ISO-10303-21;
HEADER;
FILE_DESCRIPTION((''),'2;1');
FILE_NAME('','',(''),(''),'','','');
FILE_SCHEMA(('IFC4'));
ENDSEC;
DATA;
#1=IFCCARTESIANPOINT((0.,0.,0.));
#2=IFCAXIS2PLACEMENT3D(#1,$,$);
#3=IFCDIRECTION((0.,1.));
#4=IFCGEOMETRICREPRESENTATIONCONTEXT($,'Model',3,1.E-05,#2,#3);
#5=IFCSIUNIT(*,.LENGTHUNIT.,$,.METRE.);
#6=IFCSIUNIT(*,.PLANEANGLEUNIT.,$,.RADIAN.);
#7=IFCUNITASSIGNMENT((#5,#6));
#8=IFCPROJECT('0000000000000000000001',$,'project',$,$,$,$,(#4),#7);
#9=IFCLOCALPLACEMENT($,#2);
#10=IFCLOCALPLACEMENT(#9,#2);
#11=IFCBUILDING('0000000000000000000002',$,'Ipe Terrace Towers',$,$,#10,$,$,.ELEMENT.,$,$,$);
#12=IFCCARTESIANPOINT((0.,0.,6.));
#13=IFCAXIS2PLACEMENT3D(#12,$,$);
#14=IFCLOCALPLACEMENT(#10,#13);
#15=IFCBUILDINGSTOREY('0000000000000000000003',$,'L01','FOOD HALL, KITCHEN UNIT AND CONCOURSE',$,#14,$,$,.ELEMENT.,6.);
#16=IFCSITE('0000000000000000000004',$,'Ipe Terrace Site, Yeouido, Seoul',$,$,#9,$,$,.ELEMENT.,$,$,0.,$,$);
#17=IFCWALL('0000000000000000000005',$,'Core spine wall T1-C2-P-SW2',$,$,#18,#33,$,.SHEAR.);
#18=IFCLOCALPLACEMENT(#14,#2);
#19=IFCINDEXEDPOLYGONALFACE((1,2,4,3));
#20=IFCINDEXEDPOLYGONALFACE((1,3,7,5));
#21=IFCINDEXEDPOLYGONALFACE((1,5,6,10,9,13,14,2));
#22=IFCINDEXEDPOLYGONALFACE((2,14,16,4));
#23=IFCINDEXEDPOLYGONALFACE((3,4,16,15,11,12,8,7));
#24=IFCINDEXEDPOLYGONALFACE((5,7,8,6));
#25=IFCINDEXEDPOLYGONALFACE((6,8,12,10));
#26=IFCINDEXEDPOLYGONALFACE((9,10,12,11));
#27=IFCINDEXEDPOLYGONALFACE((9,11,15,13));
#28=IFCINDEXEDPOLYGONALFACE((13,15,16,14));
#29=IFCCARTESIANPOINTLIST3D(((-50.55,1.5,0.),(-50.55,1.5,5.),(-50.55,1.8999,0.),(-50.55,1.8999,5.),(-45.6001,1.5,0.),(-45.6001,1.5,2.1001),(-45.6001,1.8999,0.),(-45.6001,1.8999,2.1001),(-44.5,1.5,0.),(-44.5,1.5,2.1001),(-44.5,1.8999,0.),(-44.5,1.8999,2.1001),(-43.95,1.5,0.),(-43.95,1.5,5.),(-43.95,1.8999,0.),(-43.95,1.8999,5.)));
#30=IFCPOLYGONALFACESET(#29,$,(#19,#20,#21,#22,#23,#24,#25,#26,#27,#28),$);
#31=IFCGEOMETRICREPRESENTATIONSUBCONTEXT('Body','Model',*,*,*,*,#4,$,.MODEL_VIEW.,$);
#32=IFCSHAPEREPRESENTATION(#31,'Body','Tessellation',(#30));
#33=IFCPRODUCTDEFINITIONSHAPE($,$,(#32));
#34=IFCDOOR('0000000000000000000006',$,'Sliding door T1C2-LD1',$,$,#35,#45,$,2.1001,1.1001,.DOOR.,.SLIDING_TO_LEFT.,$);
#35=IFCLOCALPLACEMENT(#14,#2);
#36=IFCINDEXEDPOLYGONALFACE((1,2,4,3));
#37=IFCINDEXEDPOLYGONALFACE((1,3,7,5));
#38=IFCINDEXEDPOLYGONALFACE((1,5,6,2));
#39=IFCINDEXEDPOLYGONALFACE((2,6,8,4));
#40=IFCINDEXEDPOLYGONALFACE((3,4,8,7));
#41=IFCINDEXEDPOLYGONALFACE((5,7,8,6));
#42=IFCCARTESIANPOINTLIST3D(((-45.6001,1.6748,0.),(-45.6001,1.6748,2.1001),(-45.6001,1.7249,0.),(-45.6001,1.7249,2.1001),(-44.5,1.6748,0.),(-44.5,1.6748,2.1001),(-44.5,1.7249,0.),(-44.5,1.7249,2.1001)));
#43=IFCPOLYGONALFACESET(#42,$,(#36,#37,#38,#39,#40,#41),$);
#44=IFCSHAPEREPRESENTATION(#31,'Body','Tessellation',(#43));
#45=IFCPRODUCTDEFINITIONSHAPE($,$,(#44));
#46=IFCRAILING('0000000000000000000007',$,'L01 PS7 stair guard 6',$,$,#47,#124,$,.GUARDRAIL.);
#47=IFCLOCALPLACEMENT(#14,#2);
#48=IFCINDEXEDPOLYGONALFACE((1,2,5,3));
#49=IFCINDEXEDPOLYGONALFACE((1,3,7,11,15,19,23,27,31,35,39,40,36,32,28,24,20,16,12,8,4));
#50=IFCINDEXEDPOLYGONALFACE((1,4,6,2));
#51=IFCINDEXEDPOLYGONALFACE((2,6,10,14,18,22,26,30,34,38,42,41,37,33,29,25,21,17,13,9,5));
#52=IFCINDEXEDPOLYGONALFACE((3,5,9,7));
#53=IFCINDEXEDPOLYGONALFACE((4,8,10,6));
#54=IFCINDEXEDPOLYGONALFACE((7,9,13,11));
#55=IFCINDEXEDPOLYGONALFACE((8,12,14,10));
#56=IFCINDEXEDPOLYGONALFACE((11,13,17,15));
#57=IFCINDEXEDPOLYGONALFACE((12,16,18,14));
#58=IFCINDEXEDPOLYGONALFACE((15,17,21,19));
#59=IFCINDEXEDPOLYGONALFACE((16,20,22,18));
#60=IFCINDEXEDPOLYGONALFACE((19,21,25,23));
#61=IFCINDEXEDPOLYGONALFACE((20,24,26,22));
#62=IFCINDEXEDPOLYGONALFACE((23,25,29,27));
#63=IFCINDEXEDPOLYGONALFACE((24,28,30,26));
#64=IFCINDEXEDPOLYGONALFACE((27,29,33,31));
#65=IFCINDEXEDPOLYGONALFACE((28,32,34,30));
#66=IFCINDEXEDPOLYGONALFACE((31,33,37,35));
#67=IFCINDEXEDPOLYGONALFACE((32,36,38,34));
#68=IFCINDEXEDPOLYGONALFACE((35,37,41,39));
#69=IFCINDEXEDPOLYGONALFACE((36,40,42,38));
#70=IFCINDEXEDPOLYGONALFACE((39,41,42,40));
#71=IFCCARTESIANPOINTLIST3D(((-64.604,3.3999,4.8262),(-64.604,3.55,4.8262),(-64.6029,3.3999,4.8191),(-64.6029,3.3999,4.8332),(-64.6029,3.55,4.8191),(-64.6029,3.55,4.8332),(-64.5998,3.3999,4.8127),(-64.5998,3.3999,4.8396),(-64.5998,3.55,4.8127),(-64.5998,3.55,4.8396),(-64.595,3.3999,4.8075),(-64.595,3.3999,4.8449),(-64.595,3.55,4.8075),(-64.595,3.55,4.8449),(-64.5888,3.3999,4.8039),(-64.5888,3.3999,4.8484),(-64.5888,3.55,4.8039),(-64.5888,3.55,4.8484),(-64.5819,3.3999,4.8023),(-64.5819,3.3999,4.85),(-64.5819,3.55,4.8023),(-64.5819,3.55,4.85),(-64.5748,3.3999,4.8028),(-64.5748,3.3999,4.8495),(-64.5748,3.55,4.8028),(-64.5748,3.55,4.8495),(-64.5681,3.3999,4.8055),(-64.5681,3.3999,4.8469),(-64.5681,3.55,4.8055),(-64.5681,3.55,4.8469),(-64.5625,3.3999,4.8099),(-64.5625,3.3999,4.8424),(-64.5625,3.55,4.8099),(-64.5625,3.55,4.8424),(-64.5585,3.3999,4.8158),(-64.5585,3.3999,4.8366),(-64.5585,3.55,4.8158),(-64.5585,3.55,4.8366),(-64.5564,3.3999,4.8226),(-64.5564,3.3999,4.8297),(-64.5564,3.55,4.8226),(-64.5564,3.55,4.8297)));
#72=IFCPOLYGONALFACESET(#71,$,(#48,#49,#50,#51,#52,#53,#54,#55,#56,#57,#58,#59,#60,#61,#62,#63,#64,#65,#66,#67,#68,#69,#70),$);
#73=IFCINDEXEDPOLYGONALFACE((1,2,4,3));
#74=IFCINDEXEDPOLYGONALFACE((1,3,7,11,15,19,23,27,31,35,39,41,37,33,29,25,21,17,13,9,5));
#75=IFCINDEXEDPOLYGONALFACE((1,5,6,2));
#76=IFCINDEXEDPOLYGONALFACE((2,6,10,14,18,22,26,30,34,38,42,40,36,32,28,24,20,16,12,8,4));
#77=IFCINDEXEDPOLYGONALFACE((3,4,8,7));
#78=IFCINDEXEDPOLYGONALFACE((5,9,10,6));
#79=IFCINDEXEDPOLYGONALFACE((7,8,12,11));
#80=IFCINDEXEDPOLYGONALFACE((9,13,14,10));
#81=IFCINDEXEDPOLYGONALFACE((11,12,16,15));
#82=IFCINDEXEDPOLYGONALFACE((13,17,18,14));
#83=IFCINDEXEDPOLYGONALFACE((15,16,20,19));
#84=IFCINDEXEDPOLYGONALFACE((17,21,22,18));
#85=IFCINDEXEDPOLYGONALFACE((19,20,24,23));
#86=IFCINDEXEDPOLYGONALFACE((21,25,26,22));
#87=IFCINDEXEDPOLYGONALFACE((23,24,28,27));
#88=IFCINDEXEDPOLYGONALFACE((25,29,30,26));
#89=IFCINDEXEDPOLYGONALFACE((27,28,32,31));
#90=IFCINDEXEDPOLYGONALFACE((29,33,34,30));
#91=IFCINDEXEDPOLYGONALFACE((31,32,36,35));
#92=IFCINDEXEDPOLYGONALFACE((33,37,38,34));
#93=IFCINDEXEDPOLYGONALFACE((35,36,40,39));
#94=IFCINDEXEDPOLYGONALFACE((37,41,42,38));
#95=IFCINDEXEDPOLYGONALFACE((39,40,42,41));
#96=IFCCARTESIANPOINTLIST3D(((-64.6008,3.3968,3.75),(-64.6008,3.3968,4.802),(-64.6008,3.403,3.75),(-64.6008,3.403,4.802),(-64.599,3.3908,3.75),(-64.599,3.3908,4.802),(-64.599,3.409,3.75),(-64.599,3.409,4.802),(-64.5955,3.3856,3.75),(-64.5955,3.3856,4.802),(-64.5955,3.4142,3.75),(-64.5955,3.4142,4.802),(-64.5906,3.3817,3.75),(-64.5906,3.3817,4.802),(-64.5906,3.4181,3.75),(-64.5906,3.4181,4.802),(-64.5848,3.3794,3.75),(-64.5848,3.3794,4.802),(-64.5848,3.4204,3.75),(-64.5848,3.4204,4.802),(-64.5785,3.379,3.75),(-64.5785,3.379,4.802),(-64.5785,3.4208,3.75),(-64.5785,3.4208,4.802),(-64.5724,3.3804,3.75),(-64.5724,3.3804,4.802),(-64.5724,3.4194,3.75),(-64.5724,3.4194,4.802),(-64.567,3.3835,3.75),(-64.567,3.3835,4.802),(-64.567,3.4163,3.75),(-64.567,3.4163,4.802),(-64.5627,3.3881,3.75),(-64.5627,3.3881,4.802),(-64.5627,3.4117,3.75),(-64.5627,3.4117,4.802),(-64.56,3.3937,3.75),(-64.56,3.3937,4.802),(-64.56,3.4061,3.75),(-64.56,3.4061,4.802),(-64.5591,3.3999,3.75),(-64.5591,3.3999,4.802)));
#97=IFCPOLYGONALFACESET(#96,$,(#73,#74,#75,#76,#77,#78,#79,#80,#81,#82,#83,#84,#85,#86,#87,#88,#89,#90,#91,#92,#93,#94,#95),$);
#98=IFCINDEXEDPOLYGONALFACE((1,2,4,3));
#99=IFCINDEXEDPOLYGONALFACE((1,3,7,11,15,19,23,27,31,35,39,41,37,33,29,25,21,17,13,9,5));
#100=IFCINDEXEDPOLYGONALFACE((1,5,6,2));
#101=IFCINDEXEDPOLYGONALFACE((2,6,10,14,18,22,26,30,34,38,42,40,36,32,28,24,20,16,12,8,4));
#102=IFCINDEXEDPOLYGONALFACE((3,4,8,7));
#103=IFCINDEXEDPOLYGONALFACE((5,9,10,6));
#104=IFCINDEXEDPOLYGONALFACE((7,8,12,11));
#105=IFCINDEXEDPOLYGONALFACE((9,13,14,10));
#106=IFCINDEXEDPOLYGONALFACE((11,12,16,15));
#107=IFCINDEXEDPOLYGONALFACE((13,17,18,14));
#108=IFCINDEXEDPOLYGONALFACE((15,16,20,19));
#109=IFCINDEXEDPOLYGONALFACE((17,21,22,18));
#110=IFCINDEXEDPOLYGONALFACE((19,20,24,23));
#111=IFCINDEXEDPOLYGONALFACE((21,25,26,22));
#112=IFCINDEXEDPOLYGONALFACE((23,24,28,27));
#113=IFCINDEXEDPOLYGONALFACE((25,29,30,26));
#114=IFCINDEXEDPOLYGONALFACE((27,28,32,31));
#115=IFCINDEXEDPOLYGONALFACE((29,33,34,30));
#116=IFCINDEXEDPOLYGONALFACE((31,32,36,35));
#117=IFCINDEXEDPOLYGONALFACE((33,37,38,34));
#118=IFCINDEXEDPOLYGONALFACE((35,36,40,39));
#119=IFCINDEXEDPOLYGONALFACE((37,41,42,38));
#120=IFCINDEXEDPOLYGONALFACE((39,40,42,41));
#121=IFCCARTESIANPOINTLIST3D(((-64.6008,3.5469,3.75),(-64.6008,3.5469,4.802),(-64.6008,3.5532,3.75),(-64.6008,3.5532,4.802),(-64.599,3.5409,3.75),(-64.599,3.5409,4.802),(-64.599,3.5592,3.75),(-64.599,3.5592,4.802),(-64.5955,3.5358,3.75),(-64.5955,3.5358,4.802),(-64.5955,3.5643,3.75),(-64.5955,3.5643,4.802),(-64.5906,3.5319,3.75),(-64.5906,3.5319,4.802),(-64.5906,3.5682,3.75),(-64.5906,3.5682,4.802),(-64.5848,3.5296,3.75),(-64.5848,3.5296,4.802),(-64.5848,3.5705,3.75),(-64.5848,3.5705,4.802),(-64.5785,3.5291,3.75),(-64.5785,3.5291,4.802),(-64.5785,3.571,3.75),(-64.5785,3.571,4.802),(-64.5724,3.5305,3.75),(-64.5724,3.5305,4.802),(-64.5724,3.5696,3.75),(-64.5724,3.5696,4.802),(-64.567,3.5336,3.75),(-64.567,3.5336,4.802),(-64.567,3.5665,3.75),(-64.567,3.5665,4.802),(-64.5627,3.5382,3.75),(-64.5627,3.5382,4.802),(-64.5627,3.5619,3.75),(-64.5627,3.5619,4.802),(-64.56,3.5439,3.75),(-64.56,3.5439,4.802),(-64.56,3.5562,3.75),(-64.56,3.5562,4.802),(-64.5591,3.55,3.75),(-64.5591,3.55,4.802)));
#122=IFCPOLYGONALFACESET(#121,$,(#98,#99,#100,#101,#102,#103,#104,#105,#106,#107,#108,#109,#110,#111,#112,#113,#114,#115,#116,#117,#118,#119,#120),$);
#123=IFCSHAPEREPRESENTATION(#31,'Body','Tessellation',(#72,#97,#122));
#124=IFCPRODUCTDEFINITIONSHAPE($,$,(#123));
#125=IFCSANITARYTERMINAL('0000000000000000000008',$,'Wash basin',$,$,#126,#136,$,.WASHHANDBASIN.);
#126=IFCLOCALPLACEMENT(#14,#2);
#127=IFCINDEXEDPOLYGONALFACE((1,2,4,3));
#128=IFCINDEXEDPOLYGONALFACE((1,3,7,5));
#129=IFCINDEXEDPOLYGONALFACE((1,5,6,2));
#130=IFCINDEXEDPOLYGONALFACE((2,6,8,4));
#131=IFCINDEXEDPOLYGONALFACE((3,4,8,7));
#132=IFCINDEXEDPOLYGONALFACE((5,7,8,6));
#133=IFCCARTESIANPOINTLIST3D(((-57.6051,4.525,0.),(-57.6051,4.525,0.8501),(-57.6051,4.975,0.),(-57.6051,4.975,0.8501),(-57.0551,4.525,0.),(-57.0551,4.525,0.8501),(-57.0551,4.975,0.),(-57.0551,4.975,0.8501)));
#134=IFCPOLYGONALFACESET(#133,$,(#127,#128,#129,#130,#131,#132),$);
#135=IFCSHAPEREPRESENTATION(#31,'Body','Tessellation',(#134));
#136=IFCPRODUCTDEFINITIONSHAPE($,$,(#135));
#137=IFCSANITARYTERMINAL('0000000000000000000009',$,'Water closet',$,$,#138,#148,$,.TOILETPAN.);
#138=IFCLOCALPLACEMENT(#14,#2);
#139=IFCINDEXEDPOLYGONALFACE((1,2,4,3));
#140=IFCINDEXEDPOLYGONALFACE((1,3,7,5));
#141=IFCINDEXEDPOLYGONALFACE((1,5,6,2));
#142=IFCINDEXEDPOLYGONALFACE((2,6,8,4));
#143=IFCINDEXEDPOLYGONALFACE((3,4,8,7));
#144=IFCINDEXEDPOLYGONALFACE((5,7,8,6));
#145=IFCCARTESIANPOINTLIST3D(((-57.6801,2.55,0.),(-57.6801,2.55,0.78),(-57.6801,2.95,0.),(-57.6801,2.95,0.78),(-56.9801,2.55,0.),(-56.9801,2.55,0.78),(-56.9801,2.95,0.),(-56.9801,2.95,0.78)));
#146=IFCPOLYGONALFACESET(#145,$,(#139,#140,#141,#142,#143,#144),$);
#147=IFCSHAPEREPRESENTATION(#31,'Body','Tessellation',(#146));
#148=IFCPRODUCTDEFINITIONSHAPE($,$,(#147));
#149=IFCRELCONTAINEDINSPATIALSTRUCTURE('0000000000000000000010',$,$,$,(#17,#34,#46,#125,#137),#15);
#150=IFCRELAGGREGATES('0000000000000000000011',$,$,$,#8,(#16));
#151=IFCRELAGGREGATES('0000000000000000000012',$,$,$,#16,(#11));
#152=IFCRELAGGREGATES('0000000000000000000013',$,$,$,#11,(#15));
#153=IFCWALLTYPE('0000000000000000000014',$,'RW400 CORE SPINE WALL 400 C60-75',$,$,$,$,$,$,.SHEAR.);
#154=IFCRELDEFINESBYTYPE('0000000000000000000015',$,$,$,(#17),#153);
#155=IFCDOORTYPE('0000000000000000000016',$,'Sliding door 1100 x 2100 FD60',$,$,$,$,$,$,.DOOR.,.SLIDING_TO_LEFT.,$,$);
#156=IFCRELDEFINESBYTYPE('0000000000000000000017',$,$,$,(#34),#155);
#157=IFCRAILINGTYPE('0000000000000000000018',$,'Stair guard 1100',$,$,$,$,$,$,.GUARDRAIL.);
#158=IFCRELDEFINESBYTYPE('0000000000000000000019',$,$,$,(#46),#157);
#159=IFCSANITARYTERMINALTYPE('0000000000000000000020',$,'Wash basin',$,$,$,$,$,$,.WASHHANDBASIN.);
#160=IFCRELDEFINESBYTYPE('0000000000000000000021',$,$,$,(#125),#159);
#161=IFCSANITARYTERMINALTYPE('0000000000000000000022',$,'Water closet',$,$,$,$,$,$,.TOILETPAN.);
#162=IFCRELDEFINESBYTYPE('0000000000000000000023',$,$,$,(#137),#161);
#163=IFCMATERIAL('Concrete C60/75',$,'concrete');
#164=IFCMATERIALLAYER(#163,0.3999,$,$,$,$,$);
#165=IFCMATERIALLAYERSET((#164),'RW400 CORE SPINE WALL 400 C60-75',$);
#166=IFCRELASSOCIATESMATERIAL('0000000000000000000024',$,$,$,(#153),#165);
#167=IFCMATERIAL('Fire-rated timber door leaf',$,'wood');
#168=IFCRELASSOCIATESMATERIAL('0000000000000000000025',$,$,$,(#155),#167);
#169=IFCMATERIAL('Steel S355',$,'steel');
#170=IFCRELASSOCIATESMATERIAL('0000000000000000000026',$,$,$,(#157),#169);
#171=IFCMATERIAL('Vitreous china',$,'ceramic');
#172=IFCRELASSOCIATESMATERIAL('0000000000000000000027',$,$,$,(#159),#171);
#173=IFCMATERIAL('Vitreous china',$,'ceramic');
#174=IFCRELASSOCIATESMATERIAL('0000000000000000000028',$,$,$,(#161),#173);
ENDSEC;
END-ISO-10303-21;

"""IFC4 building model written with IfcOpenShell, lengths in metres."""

from ifc_helpers import new_model, si_unit, direction, frame, frame_2d, origin, origin_2d, place, context, subcontext, project, spatial, rectangle, circle, extrude, material, layer, layer_set, type_object, element, fill, save


model = new_model("IFC4")

# Units and contexts
model_context = context("Model", 3, precision=1e-05, world=origin(), true_north=direction((0.0, 1.0)))
body_context = subcontext(model_context, "Body", "Model", "MODEL_VIEW")
ifc_project = project(units=[si_unit("LENGTHUNIT", "METRE"), si_unit("PLANEANGLEUNIT", "RADIAN")], contexts=[model_context])

# Site, building, storey
site_placement = place(None, origin())
site = spatial("IfcSite", under=ifc_project, at=site_placement, Name="Ipe Terrace Site, Yeouido, Seoul", CompositionType="ELEMENT", RefElevation=0.0)
building_placement = place(site_placement, origin())
building = spatial("IfcBuilding", under=site, at=building_placement, Name="Ipe Terrace Towers", CompositionType="ELEMENT")
storey_placement = place(building_placement, frame((0.0, 0.0, 6.0)))
storey = spatial("IfcBuildingStorey", under=building, at=storey_placement, Name="L01", Description="FOOD HALL, KITCHEN UNIT AND CONCOURSE", CompositionType="ELEMENT", Elevation=6.0)

# Wall, opening, door
ifc_material_1 = material(Name="Concrete C60/75", Category="concrete")
ifc_layer_1 = layer(ifc_material_1, 0.3999)
ifc_layer_set_1 = layer_set([ifc_layer_1], Name="RW400 CORE SPINE WALL 400 C60-75")
wall_type_1 = type_object("IfcWallType", Name="RW400 CORE SPINE WALL 400 C60-75", PredefinedType="SHEAR", material=ifc_layer_set_1)
wall_1_placement = place(storey_placement, frame((-50.55, 1.7, 0.0), z_axis=(0.0, 0.0, 1.0), x_axis=(1.0, 0.0, 0.0)))
wall_1 = element("IfcWall", 1, at=wall_1_placement, inside=storey, type_object=wall_type_1, Name="Core spine wall T1-C2-P-SW2", PredefinedType="SHEAR", context=body_context, shape_type="SweptSolid", body=[
    extrude(rectangle(XDim=6.6001, YDim=0.3999, at=frame_2d((3.3, 0.0))), origin(), (0.0, 0.0, 1.0), 5.0),
])
opening_1_placement = place(wall_1_placement, frame((4.95, 0.0, 0.0)))
opening_1 = element("IfcOpeningElement", 2, at=opening_1_placement, cuts=wall_1, PredefinedType="OPENING", context=body_context, shape_type="SweptSolid", body=[
    extrude(rectangle(XDim=1.1001, YDim=2.1001, at=frame_2d((0.55, 1.05))), frame((0.0, 0.21, 0.0), z_axis=(0.0, -1.0, 0.0), x_axis=(1.0, 0.0, 0.0)), (0.0, 0.0, 1.0), 0.4199),
])
ifc_material_2 = material(Name="Fire-rated timber door leaf", Category="wood")
door_type_1 = type_object("IfcDoorType", Name="Sliding door 1100 x 2100 FD60", OperationType="SLIDING_TO_LEFT", PredefinedType="DOOR", material=ifc_material_2)
door_1_placement = place(opening_1_placement, origin())
door_1 = element("IfcDoor", 3, at=door_1_placement, inside=storey, type_object=door_type_1, Name="Sliding door T1C2-LD1", OperationType="SLIDING_TO_LEFT", OverallHeight=2.1001, OverallWidth=1.1001, PredefinedType="DOOR", context=body_context, shape_type="SweptSolid", body=[
    extrude(rectangle(XDim=1.1001, YDim=2.1001, at=frame_2d((0.55, 1.05))), frame((0.0, 0.0249, 0.0), z_axis=(0.0, -1.0, 0.0), x_axis=(1.0, 0.0, 0.0)), (0.0, 0.0, 1.0), 0.05),
])
fill(opening_1, door_1)

# Railing
ifc_material_3 = material(Name="Steel S355", Category="steel")
railing_type = type_object("IfcRailingType", Name="Stair guard 1100", PredefinedType="GUARDRAIL", material=ifc_material_3)
railing_placement = place(storey_placement, frame((-64.5801, 3.3999, 3.75)))
element("IfcRailing", 4, at=railing_placement, inside=storey, type_object=railing_type, Name="L01 PS7 stair guard 6", PredefinedType="GUARDRAIL", context=body_context, shape_type="SweptSolid", body=[
    extrude(circle(Radius=0.0239, at=origin_2d()), frame((0.0, 0.0, 1.0762), z_axis=(0.0, 1.0, 0.0), x_axis=(-1.0, 0.0, 0.0)), (0.0, 0.0, 1.0), 0.1501),
    extrude(circle(Radius=0.021, at=origin_2d()), origin(), (0.0, 0.0, 1.0), 1.052),
    extrude(circle(Radius=0.021, at=origin_2d()), frame((0.0, 0.1501, 0.0)), (0.0, 0.0, 1.0), 1.052),
])

# Sanitary terminals
ifc_material_4 = material(Name="Vitreous china", Category="ceramic")
sanitary_terminal_type_1 = type_object("IfcSanitaryTerminalType", Name="Wash basin", PredefinedType="WASHHANDBASIN", material=ifc_material_4)
sanitary_terminal_1_placement = place(storey_placement, frame((-57.3301, 4.75, 0.0), z_axis=(0.0, 0.0, 1.0), x_axis=(1.0, 0.0, 0.0)))
element("IfcSanitaryTerminal", 5, at=sanitary_terminal_1_placement, inside=storey, type_object=sanitary_terminal_type_1, Name="Wash basin", PredefinedType="WASHHANDBASIN", context=body_context, shape_type="SweptSolid", body=[
    extrude(rectangle(XDim=0.55, YDim=0.45, at=origin_2d()), origin(), (0.0, 0.0, 1.0), 0.8501),
])
ifc_material_5 = material(Name="Vitreous china", Category="ceramic")
sanitary_terminal_type_2 = type_object("IfcSanitaryTerminalType", Name="Water closet", PredefinedType="TOILETPAN", material=ifc_material_5)
sanitary_terminal_2_placement = place(storey_placement, frame((-57.3301, 2.75, 0.0), z_axis=(0.0, 0.0, 1.0), x_axis=(1.0, 0.0, 0.0)))
element("IfcSanitaryTerminal", 6, at=sanitary_terminal_2_placement, inside=storey, type_object=sanitary_terminal_type_2, Name="Water closet", PredefinedType="TOILETPAN", context=body_context, shape_type="SweptSolid", body=[
    extrude(rectangle(XDim=0.7, YDim=0.3999, at=origin_2d()), origin(), (0.0, 0.0, 1.0), 0.78),
])

save(model, "model.ifc")
